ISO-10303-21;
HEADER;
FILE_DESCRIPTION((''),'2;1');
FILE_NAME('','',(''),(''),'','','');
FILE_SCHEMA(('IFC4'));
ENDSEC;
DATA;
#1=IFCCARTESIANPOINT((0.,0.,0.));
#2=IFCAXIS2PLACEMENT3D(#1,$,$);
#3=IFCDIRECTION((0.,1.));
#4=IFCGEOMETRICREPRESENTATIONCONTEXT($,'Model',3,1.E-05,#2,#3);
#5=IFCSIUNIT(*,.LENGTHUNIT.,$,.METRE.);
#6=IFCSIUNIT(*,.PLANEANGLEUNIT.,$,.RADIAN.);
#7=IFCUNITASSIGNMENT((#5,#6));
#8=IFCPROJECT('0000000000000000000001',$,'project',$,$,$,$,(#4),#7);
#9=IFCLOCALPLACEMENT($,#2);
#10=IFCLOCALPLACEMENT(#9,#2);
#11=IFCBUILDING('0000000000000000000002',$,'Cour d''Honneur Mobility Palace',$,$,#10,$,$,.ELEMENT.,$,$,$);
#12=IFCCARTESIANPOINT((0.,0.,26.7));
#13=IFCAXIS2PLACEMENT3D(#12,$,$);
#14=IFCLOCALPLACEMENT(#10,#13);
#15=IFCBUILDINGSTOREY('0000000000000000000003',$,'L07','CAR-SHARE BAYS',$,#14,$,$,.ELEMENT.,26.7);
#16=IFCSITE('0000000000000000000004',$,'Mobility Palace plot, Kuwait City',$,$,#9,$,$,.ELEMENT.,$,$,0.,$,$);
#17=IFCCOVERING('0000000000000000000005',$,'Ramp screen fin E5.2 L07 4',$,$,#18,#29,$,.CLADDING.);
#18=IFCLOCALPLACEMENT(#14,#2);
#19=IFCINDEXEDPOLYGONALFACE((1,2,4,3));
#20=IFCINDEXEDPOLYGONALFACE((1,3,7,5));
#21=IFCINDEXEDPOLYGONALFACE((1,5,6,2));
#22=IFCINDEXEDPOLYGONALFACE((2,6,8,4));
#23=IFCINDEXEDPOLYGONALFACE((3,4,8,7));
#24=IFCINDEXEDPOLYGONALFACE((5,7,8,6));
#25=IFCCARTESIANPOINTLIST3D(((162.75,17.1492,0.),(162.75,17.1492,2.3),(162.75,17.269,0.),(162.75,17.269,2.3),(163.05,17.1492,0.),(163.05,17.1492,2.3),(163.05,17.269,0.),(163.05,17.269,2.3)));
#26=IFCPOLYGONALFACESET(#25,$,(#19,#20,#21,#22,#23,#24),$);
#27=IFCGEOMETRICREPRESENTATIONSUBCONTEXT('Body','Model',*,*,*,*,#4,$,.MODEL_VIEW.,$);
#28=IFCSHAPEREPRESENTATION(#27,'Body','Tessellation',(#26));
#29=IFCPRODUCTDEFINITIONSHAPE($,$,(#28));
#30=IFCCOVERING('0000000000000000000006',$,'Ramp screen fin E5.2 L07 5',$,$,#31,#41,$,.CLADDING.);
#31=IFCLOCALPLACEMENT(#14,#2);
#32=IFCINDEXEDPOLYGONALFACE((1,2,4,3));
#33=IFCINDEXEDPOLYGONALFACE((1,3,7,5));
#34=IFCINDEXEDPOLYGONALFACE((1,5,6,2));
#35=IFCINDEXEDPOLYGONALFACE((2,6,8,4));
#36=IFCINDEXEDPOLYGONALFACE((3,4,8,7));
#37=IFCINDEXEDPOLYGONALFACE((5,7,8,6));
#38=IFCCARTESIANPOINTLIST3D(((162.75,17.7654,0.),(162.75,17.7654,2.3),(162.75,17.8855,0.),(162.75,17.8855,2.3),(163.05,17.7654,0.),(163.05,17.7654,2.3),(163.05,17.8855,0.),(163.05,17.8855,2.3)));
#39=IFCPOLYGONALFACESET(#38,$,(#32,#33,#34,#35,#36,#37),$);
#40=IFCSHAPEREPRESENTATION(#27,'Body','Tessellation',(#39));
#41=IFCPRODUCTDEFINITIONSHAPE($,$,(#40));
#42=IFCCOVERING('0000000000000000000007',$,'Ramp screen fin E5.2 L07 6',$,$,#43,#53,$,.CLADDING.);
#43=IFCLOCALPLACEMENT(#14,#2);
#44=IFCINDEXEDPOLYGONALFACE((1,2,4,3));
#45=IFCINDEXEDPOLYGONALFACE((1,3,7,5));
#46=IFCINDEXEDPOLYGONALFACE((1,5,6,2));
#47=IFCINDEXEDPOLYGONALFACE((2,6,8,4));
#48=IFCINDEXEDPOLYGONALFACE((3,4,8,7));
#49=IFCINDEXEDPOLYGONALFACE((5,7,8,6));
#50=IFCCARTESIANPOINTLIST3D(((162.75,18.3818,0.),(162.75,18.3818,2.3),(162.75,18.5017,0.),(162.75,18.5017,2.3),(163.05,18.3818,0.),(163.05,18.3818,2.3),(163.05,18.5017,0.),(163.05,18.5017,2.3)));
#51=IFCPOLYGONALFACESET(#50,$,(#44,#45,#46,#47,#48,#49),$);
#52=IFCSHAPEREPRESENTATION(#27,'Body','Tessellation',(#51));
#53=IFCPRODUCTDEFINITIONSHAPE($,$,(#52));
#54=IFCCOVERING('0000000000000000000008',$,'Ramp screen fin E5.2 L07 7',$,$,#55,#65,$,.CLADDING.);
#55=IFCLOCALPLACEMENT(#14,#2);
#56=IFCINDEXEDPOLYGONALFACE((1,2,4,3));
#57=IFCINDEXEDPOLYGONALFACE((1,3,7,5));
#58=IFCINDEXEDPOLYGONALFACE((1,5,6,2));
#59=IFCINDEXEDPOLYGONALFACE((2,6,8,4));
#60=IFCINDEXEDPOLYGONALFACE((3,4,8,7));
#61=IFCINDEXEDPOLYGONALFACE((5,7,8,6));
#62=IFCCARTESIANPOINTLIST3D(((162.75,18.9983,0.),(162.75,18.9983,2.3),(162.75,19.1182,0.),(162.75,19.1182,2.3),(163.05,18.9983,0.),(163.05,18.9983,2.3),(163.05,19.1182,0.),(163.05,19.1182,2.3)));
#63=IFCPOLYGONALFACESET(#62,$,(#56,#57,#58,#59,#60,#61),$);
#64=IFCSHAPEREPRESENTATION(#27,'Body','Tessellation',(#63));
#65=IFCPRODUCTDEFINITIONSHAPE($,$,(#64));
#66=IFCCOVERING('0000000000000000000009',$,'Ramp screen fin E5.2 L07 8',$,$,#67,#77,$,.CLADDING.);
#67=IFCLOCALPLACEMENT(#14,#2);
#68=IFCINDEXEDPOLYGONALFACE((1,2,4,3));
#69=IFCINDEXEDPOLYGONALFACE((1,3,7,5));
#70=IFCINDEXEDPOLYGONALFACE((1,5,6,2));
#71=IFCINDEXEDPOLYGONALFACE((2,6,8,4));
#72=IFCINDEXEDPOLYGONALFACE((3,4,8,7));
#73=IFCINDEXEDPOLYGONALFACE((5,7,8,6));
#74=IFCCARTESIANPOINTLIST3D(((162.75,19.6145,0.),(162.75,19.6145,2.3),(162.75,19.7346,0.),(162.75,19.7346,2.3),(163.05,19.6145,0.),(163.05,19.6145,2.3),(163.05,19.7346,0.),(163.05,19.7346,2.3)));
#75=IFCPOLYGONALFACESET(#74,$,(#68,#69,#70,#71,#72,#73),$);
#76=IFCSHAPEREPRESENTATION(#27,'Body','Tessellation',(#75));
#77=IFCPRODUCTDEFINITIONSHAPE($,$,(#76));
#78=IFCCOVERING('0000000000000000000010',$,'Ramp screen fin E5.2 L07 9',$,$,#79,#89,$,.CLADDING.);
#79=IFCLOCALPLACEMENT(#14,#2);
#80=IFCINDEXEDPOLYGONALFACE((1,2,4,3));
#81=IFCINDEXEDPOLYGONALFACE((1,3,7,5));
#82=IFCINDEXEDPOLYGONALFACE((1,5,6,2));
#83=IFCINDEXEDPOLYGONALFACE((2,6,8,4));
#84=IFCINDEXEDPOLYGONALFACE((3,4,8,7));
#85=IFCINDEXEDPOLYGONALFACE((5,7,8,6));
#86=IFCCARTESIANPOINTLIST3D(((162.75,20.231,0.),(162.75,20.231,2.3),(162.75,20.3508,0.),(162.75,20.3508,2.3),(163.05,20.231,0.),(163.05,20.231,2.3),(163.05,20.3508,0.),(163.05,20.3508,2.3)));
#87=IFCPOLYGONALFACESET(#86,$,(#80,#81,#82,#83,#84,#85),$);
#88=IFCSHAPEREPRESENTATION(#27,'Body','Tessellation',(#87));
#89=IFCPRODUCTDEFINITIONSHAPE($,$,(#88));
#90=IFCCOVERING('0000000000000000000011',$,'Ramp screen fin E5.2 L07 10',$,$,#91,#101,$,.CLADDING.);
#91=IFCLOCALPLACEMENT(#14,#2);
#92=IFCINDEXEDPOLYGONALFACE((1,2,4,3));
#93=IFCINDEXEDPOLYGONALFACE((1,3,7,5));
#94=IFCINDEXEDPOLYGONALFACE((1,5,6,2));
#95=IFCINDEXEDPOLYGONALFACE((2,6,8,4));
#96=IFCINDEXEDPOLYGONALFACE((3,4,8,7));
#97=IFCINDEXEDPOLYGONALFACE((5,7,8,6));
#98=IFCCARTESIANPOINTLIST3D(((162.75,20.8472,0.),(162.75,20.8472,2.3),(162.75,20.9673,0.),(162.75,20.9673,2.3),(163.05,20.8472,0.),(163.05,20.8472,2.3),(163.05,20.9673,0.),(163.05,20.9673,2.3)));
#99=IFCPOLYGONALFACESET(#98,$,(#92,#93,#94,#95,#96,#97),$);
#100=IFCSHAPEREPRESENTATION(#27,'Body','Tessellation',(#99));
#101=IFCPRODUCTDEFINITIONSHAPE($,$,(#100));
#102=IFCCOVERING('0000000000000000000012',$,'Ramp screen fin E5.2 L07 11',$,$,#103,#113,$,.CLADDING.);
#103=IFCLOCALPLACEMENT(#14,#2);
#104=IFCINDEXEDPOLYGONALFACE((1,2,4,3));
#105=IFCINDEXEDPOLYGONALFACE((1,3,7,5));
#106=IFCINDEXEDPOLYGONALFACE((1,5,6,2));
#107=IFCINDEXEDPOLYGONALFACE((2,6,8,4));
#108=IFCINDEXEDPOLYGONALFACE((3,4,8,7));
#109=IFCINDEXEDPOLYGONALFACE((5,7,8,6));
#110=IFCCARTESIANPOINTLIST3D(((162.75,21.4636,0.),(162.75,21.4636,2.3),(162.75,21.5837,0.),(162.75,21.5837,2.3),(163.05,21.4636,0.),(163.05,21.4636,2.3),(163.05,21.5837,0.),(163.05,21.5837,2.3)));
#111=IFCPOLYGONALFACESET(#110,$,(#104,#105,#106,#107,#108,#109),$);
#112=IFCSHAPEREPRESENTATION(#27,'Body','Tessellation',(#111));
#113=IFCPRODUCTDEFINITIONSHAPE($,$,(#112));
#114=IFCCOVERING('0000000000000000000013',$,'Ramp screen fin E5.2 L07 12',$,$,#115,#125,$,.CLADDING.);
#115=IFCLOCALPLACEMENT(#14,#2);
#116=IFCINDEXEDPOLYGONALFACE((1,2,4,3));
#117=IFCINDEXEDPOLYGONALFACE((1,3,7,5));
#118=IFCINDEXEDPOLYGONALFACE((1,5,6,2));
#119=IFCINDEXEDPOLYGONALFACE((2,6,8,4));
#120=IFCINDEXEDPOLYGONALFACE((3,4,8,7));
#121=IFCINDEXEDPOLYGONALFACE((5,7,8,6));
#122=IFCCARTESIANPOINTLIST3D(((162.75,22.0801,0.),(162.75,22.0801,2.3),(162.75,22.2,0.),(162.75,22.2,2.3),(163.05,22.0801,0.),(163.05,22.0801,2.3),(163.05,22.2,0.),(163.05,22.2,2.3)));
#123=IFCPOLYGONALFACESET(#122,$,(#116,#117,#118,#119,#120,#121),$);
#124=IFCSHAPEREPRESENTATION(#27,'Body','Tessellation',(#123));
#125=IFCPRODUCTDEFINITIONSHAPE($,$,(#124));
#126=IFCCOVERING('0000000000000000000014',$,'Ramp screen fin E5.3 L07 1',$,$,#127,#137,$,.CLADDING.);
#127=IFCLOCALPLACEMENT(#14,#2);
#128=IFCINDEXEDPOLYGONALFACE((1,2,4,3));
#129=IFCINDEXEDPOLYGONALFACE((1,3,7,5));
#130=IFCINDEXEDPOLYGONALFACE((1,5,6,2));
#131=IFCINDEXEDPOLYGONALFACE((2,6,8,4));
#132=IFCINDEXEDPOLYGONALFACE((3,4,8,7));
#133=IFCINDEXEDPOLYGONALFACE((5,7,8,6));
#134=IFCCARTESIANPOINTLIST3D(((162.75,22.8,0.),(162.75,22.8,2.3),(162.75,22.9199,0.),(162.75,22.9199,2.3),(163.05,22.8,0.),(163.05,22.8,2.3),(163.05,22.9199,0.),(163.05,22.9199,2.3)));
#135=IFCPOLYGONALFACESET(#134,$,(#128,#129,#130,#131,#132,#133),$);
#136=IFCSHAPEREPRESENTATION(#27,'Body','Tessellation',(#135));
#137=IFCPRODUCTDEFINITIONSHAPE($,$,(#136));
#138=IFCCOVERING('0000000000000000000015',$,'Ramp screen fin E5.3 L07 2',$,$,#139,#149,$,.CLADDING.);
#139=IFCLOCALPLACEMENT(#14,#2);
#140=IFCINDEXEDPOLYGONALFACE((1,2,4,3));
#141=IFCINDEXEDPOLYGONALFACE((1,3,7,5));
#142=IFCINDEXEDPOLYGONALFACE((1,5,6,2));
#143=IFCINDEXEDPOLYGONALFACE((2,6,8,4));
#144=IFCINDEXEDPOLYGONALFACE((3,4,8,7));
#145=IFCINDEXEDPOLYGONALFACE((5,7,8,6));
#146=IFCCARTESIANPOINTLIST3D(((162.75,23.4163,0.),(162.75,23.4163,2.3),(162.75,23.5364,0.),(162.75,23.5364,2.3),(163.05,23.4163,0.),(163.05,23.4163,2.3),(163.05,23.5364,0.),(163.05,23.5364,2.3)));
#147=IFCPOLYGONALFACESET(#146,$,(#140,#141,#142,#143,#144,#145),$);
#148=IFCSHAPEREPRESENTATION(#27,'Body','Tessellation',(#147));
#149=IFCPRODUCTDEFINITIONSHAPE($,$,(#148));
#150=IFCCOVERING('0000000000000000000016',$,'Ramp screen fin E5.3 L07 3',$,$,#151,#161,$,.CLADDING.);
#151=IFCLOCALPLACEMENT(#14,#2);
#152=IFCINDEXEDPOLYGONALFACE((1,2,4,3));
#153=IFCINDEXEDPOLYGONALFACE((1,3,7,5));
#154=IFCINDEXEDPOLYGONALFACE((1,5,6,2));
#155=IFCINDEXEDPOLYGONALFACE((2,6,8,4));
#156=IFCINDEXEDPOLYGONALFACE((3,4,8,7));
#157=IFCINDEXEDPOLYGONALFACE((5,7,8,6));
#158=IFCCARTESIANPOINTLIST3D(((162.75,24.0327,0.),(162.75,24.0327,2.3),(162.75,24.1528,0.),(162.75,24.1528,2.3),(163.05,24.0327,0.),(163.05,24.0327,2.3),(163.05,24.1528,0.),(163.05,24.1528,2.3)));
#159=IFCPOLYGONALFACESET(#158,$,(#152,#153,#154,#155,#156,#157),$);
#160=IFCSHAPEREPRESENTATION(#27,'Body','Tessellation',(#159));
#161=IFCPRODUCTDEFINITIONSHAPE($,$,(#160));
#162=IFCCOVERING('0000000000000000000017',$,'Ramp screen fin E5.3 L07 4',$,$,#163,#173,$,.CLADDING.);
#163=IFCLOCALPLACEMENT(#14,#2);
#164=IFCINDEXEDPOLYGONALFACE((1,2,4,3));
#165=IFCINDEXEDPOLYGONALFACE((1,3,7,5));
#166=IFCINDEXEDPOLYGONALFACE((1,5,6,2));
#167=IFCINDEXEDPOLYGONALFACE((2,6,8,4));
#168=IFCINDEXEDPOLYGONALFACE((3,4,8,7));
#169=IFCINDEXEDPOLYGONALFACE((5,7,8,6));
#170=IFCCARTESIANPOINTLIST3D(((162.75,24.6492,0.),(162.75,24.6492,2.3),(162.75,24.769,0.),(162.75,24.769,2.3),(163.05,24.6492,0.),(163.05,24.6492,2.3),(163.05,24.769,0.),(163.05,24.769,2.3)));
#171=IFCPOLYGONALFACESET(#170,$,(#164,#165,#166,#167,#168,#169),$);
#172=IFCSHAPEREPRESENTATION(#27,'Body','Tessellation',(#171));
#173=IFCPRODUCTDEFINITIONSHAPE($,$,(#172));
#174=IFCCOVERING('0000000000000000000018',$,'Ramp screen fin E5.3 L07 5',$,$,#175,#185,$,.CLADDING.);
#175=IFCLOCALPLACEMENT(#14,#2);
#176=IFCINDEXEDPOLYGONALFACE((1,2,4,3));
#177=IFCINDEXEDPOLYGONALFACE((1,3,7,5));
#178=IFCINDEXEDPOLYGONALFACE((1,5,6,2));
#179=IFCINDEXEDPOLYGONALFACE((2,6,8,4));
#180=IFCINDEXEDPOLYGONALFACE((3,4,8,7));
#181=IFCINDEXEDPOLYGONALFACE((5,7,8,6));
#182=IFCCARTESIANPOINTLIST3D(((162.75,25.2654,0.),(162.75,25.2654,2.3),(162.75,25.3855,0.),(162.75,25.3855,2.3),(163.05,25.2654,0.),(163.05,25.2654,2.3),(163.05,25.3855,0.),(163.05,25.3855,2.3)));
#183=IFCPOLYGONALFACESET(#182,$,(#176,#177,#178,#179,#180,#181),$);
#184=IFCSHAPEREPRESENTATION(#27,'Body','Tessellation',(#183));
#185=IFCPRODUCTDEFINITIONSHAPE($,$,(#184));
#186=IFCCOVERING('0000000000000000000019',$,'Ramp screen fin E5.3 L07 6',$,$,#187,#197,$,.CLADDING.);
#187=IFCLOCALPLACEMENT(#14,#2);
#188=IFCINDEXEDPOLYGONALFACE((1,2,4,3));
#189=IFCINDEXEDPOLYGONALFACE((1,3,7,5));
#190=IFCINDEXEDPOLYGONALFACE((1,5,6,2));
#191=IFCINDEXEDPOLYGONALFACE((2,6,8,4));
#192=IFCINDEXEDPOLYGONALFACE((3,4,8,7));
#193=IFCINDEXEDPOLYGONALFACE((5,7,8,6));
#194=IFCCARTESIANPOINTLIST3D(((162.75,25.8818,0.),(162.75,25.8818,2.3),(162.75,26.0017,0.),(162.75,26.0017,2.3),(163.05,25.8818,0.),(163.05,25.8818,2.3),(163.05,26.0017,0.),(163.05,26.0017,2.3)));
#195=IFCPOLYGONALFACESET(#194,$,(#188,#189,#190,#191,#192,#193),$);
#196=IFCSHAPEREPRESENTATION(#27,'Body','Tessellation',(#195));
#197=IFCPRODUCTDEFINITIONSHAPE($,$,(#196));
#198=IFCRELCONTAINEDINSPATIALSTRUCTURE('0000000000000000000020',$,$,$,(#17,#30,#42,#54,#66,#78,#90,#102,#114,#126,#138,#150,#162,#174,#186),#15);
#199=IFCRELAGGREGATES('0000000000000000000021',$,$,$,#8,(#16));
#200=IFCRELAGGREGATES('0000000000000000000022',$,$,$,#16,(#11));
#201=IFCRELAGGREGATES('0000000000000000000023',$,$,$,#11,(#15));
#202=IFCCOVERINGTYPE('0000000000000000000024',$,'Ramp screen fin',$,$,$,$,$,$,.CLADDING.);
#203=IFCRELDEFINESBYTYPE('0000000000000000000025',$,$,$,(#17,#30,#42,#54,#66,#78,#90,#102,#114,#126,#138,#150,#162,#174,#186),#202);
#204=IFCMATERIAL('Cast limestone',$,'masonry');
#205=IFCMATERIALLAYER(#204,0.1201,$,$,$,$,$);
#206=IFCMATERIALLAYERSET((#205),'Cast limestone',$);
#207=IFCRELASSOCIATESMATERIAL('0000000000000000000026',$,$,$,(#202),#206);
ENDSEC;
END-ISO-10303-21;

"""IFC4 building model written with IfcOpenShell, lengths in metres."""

from ifc_helpers import new_model, si_unit, direction, frame, origin, place, context, subcontext, project, spatial, polyline, outline, extrude, material, layer, layer_set, type_object, element, save


model = new_model("IFC4")

# Units and contexts
model_context = context("Model", 3, precision=1e-05, world=origin(), true_north=direction((0.0, 1.0)))
body_context = subcontext(model_context, "Body", "Model", "MODEL_VIEW")
ifc_project = project(units=[si_unit("LENGTHUNIT", "METRE"), si_unit("PLANEANGLEUNIT", "RADIAN")], contexts=[model_context])

# Site, building, storey
site_placement = place(None, origin())
site = spatial("IfcSite", under=ifc_project, at=site_placement, Name="Mobility Palace plot, Kuwait City", CompositionType="ELEMENT", RefElevation=0.0)
building_placement = place(site_placement, origin())
building = spatial("IfcBuilding", under=site, at=building_placement, Name="Cour d'Honneur Mobility Palace", CompositionType="ELEMENT")
storey_placement = place(building_placement, frame((0.0, 0.0, 26.7)))
storey = spatial("IfcBuildingStorey", under=building, at=storey_placement, Name="L07", Description="CAR-SHARE BAYS", CompositionType="ELEMENT", Elevation=26.7)

# Coverings
ifc_material = material(Name="Cast limestone", Category="masonry")
ifc_layer = layer(ifc_material, 0.1201)
ifc_layer_set = layer_set([ifc_layer], Name="Cast limestone")
covering_type = type_object("IfcCoveringType", Name="Ramp screen fin", PredefinedType="CLADDING", material=ifc_layer_set)
covering_1_placement = place(storey_placement, origin())
element("IfcCovering", 1, at=covering_1_placement, inside=storey, type_object=covering_type, Name="Ramp screen fin E5.2 L07 4", PredefinedType="CLADDING", context=body_context, shape_type="SweptSolid", body=[
    extrude(outline(polyline([(162.75, 17.1492), (162.75, 17.269), (163.05, 17.269), (163.05, 17.1492), (162.75, 17.1492)])), origin(), (0.0, 0.0, 1.0), 2.3),
])
covering_2_placement = place(storey_placement, origin())
element("IfcCovering", 2, at=covering_2_placement, inside=storey, type_object=covering_type, Name="Ramp screen fin E5.2 L07 5", PredefinedType="CLADDING", context=body_context, shape_type="SweptSolid", body=[
    extrude(outline(polyline([(162.75, 17.7654), (162.75, 17.8855), (163.05, 17.8855), (163.05, 17.7654), (162.75, 17.7654)])), origin(), (0.0, 0.0, 1.0), 2.3),
])
covering_3_placement = place(storey_placement, origin())
element("IfcCovering", 3, at=covering_3_placement, inside=storey, type_object=covering_type, Name="Ramp screen fin E5.2 L07 6", PredefinedType="CLADDING", context=body_context, shape_type="SweptSolid", body=[
    extrude(outline(polyline([(162.75, 18.3818), (162.75, 18.5017), (163.05, 18.5017), (163.05, 18.3818), (162.75, 18.3818)])), origin(), (0.0, 0.0, 1.0), 2.3),
])
covering_4_placement = place(storey_placement, origin())
element("IfcCovering", 4, at=covering_4_placement, inside=storey, type_object=covering_type, Name="Ramp screen fin E5.2 L07 7", PredefinedType="CLADDING", context=body_context, shape_type="SweptSolid", body=[
    extrude(outline(polyline([(162.75, 18.9983), (162.75, 19.1182), (163.05, 19.1182), (163.05, 18.9983), (162.75, 18.9983)])), origin(), (0.0, 0.0, 1.0), 2.3),
])
covering_5_placement = place(storey_placement, origin())
element("IfcCovering", 5, at=covering_5_placement, inside=storey, type_object=covering_type, Name="Ramp screen fin E5.2 L07 8", PredefinedType="CLADDING", context=body_context, shape_type="SweptSolid", body=[
    extrude(outline(polyline([(162.75, 19.6145), (162.75, 19.7346), (163.05, 19.7346), (163.05, 19.6145), (162.75, 19.6145)])), origin(), (0.0, 0.0, 1.0), 2.3),
])
covering_6_placement = place(storey_placement, origin())
element("IfcCovering", 6, at=covering_6_placement, inside=storey, type_object=covering_type, Name="Ramp screen fin E5.2 L07 9", PredefinedType="CLADDING", context=body_context, shape_type="SweptSolid", body=[
    extrude(outline(polyline([(162.75, 20.231), (162.75, 20.3508), (163.05, 20.3508), (163.05, 20.231), (162.75, 20.231)])), origin(), (0.0, 0.0, 1.0), 2.3),
])
covering_7_placement = place(storey_placement, origin())
element("IfcCovering", 7, at=covering_7_placement, inside=storey, type_object=covering_type, Name="Ramp screen fin E5.2 L07 10", PredefinedType="CLADDING", context=body_context, shape_type="SweptSolid", body=[
    extrude(outline(polyline([(162.75, 20.8472), (162.75, 20.9673), (163.05, 20.9673), (163.05, 20.8472), (162.75, 20.8472)])), origin(), (0.0, 0.0, 1.0), 2.3),
])
covering_8_placement = place(storey_placement, origin())
element("IfcCovering", 8, at=covering_8_placement, inside=storey, type_object=covering_type, Name="Ramp screen fin E5.2 L07 11", PredefinedType="CLADDING", context=body_context, shape_type="SweptSolid", body=[
    extrude(outline(polyline([(162.75, 21.4636), (162.75, 21.5837), (163.05, 21.5837), (163.05, 21.4636), (162.75, 21.4636)])), origin(), (0.0, 0.0, 1.0), 2.3),
])
covering_9_placement = place(storey_placement, origin())
element("IfcCovering", 9, at=covering_9_placement, inside=storey, type_object=covering_type, Name="Ramp screen fin E5.2 L07 12", PredefinedType="CLADDING", context=body_context, shape_type="SweptSolid", body=[
    extrude(outline(polyline([(162.75, 22.0801), (162.75, 22.2), (163.05, 22.2), (163.05, 22.0801), (162.75, 22.0801)])), origin(), (0.0, 0.0, 1.0), 2.3),
])
covering_10_placement = place(storey_placement, origin())
element("IfcCovering", 10, at=covering_10_placement, inside=storey, type_object=covering_type, Name="Ramp screen fin E5.3 L07 1", PredefinedType="CLADDING", context=body_context, shape_type="SweptSolid", body=[
    extrude(outline(polyline([(162.75, 22.8), (162.75, 22.9199), (163.05, 22.9199), (163.05, 22.8), (162.75, 22.8)])), origin(), (0.0, 0.0, 1.0), 2.3),
])
covering_11_placement = place(storey_placement, origin())
element("IfcCovering", 11, at=covering_11_placement, inside=storey, type_object=covering_type, Name="Ramp screen fin E5.3 L07 2", PredefinedType="CLADDING", context=body_context, shape_type="SweptSolid", body=[
    extrude(outline(polyline([(162.75, 23.4163), (162.75, 23.5364), (163.05, 23.5364), (163.05, 23.4163), (162.75, 23.4163)])), origin(), (0.0, 0.0, 1.0), 2.3),
])
covering_12_placement = place(storey_placement, origin())
element("IfcCovering", 12, at=covering_12_placement, inside=storey, type_object=covering_type, Name="Ramp screen fin E5.3 L07 3", PredefinedType="CLADDING", context=body_context, shape_type="SweptSolid", body=[
    extrude(outline(polyline([(162.75, 24.0327), (162.75, 24.1528), (163.05, 24.1528), (163.05, 24.0327), (162.75, 24.0327)])), origin(), (0.0, 0.0, 1.0), 2.3),
])
covering_13_placement = place(storey_placement, origin())
element("IfcCovering", 13, at=covering_13_placement, inside=storey, type_object=covering_type, Name="Ramp screen fin E5.3 L07 4", PredefinedType="CLADDING", context=body_context, shape_type="SweptSolid", body=[
    extrude(outline(polyline([(162.75, 24.6492), (162.75, 24.769), (163.05, 24.769), (163.05, 24.6492), (162.75, 24.6492)])), origin(), (0.0, 0.0, 1.0), 2.3),
])
covering_14_placement = place(storey_placement, origin())
element("IfcCovering", 14, at=covering_14_placement, inside=storey, type_object=covering_type, Name="Ramp screen fin E5.3 L07 5", PredefinedType="CLADDING", context=body_context, shape_type="SweptSolid", body=[
    extrude(outline(polyline([(162.75, 25.2654), (162.75, 25.3855), (163.05, 25.3855), (163.05, 25.2654), (162.75, 25.2654)])), origin(), (0.0, 0.0, 1.0), 2.3),
])
covering_15_placement = place(storey_placement, origin())
element("IfcCovering", 15, at=covering_15_placement, inside=storey, type_object=covering_type, Name="Ramp screen fin E5.3 L07 6", PredefinedType="CLADDING", context=body_context, shape_type="SweptSolid", body=[
    extrude(outline(polyline([(162.75, 25.8818), (162.75, 26.0017), (163.05, 26.0017), (163.05, 25.8818), (162.75, 25.8818)])), origin(), (0.0, 0.0, 1.0), 2.3),
])

save(model, "model.ifc")
